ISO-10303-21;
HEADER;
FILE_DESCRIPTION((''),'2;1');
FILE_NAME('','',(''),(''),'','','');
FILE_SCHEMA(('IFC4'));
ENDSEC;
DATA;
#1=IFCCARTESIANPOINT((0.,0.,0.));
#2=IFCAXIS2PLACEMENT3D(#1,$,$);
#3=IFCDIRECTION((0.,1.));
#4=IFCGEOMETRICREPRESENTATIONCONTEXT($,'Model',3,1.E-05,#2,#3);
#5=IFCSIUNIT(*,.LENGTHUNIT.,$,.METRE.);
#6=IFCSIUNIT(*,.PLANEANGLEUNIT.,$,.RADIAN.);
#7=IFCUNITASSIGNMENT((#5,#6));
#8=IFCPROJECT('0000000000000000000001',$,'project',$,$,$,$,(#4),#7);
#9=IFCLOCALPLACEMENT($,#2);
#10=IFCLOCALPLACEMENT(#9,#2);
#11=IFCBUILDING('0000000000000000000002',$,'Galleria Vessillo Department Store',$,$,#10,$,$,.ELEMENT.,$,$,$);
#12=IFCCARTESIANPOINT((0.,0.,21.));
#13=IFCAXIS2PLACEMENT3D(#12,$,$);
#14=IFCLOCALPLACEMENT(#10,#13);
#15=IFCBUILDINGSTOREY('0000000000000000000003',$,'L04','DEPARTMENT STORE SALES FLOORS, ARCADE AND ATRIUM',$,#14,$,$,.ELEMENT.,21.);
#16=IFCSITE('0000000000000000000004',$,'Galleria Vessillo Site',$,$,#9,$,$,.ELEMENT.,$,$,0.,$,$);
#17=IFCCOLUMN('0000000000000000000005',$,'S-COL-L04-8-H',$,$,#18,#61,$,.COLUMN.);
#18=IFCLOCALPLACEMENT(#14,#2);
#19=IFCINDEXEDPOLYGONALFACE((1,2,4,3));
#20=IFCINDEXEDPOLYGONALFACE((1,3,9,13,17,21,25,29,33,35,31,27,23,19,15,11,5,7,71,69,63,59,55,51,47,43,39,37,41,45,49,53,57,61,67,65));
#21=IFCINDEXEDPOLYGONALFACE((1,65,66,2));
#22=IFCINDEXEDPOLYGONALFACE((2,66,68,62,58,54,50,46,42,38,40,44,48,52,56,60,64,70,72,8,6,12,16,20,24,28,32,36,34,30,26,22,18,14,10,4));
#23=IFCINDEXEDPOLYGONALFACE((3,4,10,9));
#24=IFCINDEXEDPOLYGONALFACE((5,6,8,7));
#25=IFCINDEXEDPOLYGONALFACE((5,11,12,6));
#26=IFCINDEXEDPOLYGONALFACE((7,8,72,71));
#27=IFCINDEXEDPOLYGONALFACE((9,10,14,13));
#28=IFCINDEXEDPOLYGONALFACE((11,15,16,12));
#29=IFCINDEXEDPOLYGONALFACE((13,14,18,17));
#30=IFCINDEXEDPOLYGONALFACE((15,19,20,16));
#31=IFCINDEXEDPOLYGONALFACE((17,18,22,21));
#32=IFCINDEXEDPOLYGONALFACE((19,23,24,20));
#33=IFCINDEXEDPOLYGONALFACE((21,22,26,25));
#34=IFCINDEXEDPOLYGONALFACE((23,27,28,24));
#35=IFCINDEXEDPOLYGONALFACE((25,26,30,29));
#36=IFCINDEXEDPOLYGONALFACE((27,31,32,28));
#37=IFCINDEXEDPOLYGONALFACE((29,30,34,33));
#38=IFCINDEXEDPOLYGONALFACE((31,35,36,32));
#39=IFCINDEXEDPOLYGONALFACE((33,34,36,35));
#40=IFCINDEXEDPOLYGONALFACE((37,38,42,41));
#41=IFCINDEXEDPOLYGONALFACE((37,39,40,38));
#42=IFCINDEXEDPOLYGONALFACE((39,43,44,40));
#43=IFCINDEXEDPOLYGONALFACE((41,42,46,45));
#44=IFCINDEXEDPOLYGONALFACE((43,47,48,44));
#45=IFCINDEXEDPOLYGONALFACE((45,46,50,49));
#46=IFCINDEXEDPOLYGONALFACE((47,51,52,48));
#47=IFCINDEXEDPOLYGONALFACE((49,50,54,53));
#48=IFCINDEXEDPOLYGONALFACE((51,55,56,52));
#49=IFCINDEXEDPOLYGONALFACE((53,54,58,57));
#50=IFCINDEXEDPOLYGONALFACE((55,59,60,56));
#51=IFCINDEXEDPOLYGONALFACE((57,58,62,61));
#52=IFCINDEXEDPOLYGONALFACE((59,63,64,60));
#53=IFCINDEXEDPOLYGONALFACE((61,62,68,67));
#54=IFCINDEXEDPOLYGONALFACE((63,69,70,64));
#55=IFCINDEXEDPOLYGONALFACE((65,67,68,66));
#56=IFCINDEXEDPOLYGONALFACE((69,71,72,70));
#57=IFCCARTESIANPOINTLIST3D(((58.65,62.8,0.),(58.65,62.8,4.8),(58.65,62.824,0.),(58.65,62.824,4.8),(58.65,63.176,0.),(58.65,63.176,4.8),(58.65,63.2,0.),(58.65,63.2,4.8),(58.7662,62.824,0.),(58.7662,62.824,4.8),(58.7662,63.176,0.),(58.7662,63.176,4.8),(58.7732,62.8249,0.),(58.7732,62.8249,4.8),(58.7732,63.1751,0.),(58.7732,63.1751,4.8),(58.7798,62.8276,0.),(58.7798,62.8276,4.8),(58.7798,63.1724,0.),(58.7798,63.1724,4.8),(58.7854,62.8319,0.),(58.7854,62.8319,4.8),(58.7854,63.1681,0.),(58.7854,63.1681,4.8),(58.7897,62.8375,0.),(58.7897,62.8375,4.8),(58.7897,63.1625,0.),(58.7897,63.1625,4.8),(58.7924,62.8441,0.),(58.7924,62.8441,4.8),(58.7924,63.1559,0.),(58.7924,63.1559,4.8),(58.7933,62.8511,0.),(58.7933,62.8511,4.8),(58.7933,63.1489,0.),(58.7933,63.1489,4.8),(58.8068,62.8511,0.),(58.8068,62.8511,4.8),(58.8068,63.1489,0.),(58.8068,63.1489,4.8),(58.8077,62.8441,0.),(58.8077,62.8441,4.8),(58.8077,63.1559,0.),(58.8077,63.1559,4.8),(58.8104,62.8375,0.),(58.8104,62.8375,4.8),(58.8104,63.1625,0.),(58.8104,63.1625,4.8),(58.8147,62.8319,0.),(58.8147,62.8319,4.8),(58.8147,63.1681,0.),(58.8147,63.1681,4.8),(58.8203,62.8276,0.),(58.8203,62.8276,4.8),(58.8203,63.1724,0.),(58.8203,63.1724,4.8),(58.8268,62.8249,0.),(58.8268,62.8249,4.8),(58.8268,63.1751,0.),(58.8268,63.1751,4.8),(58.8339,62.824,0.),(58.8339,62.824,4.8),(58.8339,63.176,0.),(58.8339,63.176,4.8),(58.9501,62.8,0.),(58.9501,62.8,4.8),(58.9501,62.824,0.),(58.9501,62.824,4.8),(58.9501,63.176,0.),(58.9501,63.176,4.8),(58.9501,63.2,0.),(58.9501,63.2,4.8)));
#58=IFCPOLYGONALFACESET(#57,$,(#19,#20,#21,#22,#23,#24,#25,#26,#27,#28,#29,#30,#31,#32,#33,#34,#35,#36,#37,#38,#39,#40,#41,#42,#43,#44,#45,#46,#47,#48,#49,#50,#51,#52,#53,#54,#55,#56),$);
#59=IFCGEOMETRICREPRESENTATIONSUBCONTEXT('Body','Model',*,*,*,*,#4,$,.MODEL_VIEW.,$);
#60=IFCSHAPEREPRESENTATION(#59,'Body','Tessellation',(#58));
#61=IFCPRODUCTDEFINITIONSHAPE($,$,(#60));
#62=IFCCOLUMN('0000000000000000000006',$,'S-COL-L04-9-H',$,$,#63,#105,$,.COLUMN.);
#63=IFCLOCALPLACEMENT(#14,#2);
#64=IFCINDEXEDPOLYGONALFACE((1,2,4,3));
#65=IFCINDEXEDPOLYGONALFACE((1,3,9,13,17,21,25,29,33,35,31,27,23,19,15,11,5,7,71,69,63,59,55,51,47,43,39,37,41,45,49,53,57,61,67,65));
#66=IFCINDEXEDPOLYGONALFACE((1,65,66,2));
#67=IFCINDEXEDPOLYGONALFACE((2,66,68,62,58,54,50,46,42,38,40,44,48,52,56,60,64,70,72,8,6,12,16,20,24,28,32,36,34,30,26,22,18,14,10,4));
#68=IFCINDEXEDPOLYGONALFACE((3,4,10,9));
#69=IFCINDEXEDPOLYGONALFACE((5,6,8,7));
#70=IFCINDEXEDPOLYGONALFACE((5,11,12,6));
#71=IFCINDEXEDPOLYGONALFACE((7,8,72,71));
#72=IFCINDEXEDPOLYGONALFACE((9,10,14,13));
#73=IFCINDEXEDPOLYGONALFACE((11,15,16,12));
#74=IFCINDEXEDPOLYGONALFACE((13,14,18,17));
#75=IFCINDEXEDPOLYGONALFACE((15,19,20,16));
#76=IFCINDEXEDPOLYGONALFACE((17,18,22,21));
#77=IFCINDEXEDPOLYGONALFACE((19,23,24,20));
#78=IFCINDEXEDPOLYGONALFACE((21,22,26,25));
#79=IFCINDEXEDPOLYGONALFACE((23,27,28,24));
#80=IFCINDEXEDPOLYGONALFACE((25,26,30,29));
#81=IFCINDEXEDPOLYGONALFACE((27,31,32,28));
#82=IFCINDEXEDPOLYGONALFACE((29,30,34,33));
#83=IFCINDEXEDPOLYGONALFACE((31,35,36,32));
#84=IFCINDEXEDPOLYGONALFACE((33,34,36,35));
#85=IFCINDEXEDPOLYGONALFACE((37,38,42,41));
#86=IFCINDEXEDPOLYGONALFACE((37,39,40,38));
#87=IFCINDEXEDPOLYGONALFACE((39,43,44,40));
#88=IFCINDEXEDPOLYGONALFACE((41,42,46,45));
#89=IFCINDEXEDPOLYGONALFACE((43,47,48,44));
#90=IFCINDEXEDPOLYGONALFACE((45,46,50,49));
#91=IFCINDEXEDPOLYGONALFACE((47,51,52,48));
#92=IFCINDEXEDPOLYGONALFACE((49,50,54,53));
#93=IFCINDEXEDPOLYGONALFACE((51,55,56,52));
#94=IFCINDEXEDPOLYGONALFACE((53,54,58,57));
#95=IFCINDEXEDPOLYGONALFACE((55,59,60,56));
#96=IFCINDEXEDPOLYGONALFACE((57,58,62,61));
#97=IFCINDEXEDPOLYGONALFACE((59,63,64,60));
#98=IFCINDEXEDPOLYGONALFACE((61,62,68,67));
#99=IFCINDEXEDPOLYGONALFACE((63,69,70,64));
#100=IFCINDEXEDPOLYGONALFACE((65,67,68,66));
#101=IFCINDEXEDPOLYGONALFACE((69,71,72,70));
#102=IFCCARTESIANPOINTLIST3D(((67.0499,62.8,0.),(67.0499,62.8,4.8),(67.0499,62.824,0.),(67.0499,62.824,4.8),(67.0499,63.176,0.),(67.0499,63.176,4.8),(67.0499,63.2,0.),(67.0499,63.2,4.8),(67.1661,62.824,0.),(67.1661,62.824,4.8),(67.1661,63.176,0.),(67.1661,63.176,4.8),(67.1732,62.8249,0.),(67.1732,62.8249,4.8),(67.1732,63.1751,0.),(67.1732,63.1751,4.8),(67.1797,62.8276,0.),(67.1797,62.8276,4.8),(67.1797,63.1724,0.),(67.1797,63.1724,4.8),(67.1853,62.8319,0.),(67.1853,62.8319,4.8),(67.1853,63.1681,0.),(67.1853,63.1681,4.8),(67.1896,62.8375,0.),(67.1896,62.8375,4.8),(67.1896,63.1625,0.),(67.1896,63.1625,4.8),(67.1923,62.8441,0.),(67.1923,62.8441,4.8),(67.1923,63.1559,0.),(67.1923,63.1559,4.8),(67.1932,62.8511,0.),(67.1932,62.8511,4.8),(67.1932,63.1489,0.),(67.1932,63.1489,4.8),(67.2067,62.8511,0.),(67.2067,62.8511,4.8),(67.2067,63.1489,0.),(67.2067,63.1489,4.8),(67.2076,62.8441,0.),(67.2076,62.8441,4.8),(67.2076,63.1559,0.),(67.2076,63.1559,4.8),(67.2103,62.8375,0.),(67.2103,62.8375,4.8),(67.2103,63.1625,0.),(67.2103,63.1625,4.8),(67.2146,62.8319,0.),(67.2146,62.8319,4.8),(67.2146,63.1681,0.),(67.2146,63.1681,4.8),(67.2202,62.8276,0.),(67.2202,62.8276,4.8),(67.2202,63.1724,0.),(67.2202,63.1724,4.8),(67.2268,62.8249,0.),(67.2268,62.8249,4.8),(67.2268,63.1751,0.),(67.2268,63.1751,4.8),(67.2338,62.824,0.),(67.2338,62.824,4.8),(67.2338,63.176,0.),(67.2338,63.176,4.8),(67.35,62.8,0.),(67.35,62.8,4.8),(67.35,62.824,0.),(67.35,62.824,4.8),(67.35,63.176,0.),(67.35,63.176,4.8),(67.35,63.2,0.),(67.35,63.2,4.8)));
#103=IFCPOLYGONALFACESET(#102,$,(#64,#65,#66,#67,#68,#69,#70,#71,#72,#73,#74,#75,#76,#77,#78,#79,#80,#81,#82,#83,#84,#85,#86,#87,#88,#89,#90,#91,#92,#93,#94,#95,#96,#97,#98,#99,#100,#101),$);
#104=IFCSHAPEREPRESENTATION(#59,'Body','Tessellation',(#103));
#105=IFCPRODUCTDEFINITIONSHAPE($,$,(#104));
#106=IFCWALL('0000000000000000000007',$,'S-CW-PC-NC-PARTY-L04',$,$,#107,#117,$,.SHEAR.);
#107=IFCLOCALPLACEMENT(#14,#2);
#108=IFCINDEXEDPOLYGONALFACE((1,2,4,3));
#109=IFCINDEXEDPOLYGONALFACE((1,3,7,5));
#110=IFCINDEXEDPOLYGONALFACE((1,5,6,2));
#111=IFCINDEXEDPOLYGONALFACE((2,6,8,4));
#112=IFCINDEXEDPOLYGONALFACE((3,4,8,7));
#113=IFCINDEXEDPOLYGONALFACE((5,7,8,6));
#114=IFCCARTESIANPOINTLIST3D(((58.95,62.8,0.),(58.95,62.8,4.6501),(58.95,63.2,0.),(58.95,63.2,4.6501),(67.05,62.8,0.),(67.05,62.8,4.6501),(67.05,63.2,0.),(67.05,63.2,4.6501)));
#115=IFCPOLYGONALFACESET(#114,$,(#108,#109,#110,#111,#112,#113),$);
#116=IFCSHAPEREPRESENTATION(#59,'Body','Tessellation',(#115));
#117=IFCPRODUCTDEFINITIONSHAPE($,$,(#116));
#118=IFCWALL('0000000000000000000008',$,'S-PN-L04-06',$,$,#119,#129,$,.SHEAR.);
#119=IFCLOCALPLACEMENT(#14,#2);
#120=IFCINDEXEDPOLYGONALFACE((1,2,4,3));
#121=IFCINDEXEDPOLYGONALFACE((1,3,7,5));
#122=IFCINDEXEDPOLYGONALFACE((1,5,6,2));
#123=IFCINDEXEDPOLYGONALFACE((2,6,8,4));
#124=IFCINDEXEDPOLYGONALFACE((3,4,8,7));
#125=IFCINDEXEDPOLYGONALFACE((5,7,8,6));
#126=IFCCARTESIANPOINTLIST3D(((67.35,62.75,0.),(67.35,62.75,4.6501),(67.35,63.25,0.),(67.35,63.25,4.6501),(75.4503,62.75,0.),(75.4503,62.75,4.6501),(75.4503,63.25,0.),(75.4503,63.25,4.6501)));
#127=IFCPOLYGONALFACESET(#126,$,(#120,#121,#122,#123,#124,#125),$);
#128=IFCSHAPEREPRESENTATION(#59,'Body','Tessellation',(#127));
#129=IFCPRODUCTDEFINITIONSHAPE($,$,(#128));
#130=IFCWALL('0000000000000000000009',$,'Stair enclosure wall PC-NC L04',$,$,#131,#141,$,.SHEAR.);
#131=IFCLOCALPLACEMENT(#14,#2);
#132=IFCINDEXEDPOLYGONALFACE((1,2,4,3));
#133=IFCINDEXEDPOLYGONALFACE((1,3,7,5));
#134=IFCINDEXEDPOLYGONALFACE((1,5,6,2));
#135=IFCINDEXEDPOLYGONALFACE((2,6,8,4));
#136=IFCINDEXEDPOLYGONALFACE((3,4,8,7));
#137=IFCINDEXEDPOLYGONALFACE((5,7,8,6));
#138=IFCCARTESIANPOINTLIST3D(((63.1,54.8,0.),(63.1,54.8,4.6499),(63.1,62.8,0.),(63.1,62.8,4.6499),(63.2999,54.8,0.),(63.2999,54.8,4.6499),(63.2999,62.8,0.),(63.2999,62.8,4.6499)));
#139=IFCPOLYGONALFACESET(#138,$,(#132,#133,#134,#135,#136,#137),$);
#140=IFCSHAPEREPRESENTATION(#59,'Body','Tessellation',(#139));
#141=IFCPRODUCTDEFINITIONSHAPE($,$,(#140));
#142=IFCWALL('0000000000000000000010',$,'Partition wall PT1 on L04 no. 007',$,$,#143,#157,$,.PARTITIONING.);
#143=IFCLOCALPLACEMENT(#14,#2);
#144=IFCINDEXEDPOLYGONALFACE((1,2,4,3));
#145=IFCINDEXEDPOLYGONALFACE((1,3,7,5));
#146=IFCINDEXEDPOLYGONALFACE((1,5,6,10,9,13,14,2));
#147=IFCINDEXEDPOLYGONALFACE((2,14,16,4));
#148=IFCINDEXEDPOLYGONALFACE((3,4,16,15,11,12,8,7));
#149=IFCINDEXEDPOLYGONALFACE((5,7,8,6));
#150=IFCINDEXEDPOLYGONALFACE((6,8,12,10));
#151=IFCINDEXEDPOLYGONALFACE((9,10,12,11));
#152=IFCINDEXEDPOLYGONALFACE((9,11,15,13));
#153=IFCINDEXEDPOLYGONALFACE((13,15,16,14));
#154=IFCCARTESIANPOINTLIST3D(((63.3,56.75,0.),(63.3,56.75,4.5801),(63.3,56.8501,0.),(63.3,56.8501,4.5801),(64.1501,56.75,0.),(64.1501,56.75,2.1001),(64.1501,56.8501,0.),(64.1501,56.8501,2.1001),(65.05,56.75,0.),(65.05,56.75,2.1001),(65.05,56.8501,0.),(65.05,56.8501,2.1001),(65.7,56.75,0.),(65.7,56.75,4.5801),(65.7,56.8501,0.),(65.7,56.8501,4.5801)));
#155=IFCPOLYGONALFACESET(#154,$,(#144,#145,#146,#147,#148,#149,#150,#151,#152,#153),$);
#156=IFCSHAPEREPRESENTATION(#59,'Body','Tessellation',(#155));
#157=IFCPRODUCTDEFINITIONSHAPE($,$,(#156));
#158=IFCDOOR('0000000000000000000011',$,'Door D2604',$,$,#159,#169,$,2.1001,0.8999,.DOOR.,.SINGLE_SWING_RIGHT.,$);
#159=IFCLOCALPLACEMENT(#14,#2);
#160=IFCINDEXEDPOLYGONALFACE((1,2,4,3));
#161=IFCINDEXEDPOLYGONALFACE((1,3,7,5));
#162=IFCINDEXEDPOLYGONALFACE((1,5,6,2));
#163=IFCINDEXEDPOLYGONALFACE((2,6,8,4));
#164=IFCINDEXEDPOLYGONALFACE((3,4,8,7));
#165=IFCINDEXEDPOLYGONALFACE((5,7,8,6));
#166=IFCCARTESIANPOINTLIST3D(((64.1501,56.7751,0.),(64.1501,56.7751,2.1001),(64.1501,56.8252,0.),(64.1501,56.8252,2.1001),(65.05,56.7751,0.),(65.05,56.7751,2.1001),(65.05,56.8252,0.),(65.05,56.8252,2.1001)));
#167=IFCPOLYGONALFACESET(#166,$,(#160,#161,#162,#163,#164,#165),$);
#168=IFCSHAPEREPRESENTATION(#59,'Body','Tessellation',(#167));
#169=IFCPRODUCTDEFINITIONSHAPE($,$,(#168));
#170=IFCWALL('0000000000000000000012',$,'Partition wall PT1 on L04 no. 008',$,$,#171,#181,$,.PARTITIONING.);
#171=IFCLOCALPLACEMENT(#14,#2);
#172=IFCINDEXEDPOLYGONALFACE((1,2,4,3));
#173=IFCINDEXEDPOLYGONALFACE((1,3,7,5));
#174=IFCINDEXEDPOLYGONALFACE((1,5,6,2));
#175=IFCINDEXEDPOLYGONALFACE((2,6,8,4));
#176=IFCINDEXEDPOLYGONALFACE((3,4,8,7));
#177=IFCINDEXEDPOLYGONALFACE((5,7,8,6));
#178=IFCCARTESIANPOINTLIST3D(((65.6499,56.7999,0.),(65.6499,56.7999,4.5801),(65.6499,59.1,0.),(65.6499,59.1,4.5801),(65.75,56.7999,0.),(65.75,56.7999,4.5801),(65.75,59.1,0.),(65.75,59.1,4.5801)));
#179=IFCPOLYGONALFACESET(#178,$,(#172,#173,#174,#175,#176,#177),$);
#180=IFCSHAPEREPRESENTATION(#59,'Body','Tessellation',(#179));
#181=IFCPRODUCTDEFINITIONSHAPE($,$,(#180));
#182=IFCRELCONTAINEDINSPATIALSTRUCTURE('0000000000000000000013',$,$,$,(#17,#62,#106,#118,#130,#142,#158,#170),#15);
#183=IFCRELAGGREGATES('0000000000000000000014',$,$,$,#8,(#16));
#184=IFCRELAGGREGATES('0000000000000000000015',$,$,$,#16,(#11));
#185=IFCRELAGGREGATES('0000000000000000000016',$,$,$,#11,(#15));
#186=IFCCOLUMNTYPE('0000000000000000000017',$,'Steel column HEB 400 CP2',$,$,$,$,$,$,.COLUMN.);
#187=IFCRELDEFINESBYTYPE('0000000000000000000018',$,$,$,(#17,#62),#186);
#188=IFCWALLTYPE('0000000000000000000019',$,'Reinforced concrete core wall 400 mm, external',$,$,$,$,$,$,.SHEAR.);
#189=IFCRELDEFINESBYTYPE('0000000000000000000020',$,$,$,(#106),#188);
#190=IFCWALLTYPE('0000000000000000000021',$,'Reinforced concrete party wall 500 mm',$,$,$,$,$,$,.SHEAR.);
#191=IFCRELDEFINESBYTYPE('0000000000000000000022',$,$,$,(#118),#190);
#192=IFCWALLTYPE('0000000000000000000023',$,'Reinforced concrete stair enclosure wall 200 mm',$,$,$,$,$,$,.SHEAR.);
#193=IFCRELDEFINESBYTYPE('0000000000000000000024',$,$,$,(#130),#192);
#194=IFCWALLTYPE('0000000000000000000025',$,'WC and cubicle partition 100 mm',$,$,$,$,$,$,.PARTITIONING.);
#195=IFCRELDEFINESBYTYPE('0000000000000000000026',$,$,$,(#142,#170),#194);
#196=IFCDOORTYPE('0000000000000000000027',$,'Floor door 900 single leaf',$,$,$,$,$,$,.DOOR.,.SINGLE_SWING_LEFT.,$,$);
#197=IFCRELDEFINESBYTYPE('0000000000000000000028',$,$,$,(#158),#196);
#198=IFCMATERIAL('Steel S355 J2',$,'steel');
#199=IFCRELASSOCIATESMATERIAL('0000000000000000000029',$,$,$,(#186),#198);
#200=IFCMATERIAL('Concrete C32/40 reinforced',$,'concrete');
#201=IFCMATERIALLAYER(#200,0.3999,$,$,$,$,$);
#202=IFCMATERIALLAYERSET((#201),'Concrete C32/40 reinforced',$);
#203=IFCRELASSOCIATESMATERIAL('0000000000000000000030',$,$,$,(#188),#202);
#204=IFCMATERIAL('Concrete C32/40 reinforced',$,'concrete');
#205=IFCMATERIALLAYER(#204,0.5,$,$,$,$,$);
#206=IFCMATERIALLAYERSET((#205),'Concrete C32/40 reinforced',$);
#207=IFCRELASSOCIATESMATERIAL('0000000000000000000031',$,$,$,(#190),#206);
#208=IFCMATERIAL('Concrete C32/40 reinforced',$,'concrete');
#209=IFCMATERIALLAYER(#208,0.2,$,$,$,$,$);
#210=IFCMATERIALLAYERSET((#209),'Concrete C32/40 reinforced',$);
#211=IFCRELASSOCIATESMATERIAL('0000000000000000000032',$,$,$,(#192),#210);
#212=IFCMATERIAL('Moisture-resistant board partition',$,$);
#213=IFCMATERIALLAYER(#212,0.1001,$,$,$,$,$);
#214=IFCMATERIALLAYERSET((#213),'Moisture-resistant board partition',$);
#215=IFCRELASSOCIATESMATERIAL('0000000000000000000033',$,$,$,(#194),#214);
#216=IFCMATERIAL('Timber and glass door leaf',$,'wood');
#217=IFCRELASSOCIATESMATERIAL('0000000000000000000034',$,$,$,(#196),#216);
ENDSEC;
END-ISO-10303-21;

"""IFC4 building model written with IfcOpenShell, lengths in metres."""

from ifc_helpers import new_model, si_unit, direction, frame, frame_2d, origin, origin_2d, place, context, subcontext, project, spatial, rectangle, i_section, extrude, material, layer, layer_set, material_profile, profile_set, type_object, element, fill, save


model = new_model("IFC4")

# Units and contexts
model_context = context("Model", 3, precision=1e-05, world=origin(), true_north=direction((0.0, 1.0)))
body_context = subcontext(model_context, "Body", "Model", "MODEL_VIEW")
ifc_project = project(units=[si_unit("LENGTHUNIT", "METRE"), si_unit("PLANEANGLEUNIT", "RADIAN")], contexts=[model_context])

# Site, building, storey
site_placement = place(None, origin())
site = spatial("IfcSite", under=ifc_project, at=site_placement, Name="Galleria Vessillo Site", CompositionType="ELEMENT", RefElevation=0.0)
building_placement = place(site_placement, origin())
building = spatial("IfcBuilding", under=site, at=building_placement, Name="Galleria Vessillo Department Store", CompositionType="ELEMENT")
storey_placement = place(building_placement, frame((0.0, 0.0, 21.0)))
storey = spatial("IfcBuildingStorey", under=building, at=storey_placement, Name="L04", Description="DEPARTMENT STORE SALES FLOORS, ARCADE AND ATRIUM", CompositionType="ELEMENT", Elevation=21.0)

# Columns
ifc_material_1 = material(Name="Steel S355 J2", Category="steel")
ifc_material_profile = material_profile(ifc_material_1, i_section(OverallWidth=0.3, OverallDepth=0.3999, WebThickness=0.0134, FlangeThickness=0.0239, FilletRadius=0.0271, at=origin_2d()), Name="HEB 400")
ifc_profile_set = profile_set([ifc_material_profile], Name="Steel S355 J2")
column_type = type_object("IfcColumnType", Name="Steel column HEB 400 CP2", PredefinedType="COLUMN", material=ifc_profile_set)
for number, where, z_axis, x_axis, name in (
    (1, (58.8, 63.0, 0.0), (0.0, 0.0, 1.0), (1.0, 0.0, 0.0), "S-COL-L04-8-H"),
    (2, (67.2, 63.0, 0.0), (0.0, 0.0, 1.0), (1.0, 0.0, 0.0), "S-COL-L04-9-H"),
):
    element("IfcColumn", number, at=place(storey_placement, frame(where, z_axis=z_axis, x_axis=x_axis)), inside=storey, type_object=column_type, Name=name, PredefinedType="COLUMN", context=body_context, shape_type="SweptSolid", body=[
        extrude(i_section(OverallWidth=0.3, OverallDepth=0.3999, WebThickness=0.0134, FlangeThickness=0.0239, FilletRadius=0.0271, at=origin_2d()), origin(), (0.0, 0.0, 1.0), 4.8),
    ])

# Walls
ifc_material_2 = material(Name="Concrete C32/40 reinforced", Category="concrete")
ifc_layer_1 = layer(ifc_material_2, 0.3999)
ifc_layer_set_1 = layer_set([ifc_layer_1], Name="Concrete C32/40 reinforced")
wall_type_1 = type_object("IfcWallType", Name="Reinforced concrete core wall 400 mm, external", PredefinedType="SHEAR", material=ifc_layer_set_1)
wall_1_placement = place(storey_placement, frame((58.95, 63.0, 0.0), z_axis=(0.0, 0.0, 1.0), x_axis=(1.0, 0.0, 0.0)))
element("IfcWall", 3, at=wall_1_placement, inside=storey, type_object=wall_type_1, Name="S-CW-PC-NC-PARTY-L04", PredefinedType="SHEAR", context=body_context, shape_type="SweptSolid", body=[
    extrude(rectangle(XDim=8.1001, YDim=0.3999, at=frame_2d((4.05, 0.0))), origin(), (0.0, 0.0, 1.0), 4.6501),
])
ifc_material_3 = material(Name="Concrete C32/40 reinforced", Category="concrete")
ifc_layer_2 = layer(ifc_material_3, 0.5)
ifc_layer_set_2 = layer_set([ifc_layer_2], Name="Concrete C32/40 reinforced")
wall_type_2 = type_object("IfcWallType", Name="Reinforced concrete party wall 500 mm", PredefinedType="SHEAR", material=ifc_layer_set_2)
wall_2_placement = place(storey_placement, frame((67.3499, 63.0, 0.0), z_axis=(0.0, 0.0, 1.0), x_axis=(1.0, 0.0, 0.0)))
element("IfcWall", 4, at=wall_2_placement, inside=storey, type_object=wall_type_2, Name="S-PN-L04-06", PredefinedType="SHEAR", context=body_context, shape_type="SweptSolid", body=[
    extrude(rectangle(XDim=8.1003, YDim=0.5, at=frame_2d((4.0503, 0.0))), origin(), (0.0, 0.0, 1.0), 4.6501),
])
ifc_material_4 = material(Name="Concrete C32/40 reinforced", Category="concrete")
ifc_layer_3 = layer(ifc_material_4, 0.2)
ifc_layer_set_3 = layer_set([ifc_layer_3], Name="Concrete C32/40 reinforced")
wall_type_3 = type_object("IfcWallType", Name="Reinforced concrete stair enclosure wall 200 mm", PredefinedType="SHEAR", material=ifc_layer_set_3)
wall_3_placement = place(storey_placement, frame((63.2, 62.8, 0.0), z_axis=(0.0, 0.0, 1.0), x_axis=(0.0, -1.0, 0.0)))
element("IfcWall", 5, at=wall_3_placement, inside=storey, type_object=wall_type_3, Name="Stair enclosure wall PC-NC L04", PredefinedType="SHEAR", context=body_context, shape_type="SweptSolid", body=[
    extrude(rectangle(XDim=8.0, YDim=0.2, at=frame_2d((4.0, 0.0))), origin(), (0.0, 0.0, 1.0), 4.6499),
])

# Wall, opening, door
ifc_material_5 = material(Name="Moisture-resistant board partition")
ifc_layer_4 = layer(ifc_material_5, 0.1001)
ifc_layer_set_4 = layer_set([ifc_layer_4], Name="Moisture-resistant board partition")
wall_type_4 = type_object("IfcWallType", Name="WC and cubicle partition 100 mm", PredefinedType="PARTITIONING", material=ifc_layer_set_4)
wall_4_placement = place(storey_placement, frame((63.3, 56.8, 0.0), z_axis=(0.0, 0.0, 1.0), x_axis=(1.0, 0.0, 0.0)))
wall_4 = element("IfcWall", 6, at=wall_4_placement, inside=storey, type_object=wall_type_4, Name="Partition wall PT1 on L04 no. 007", PredefinedType="PARTITIONING", context=body_context, shape_type="SweptSolid", body=[
    extrude(rectangle(XDim=2.3999, YDim=0.1001, at=frame_2d((1.2, 0.0))), origin(), (0.0, 0.0, 1.0), 4.5801),
])
opening_1_placement = place(wall_4_placement, frame((0.8501, 0.0, 0.0)))
opening_1 = element("IfcOpeningElement", 7, at=opening_1_placement, cuts=wall_4, PredefinedType="OPENING", context=body_context, shape_type="SweptSolid", body=[
    extrude(rectangle(XDim=0.8999, YDim=2.1001, at=frame_2d((0.45, 1.05))), frame((0.0, 0.0601, 0.0), z_axis=(0.0, -1.0, 0.0), x_axis=(1.0, 0.0, 0.0)), (0.0, 0.0, 1.0), 0.1201),
])
ifc_material_6 = material(Name="Timber and glass door leaf", Category="wood")
door_type_1 = type_object("IfcDoorType", Name="Floor door 900 single leaf", OperationType="SINGLE_SWING_LEFT", PredefinedType="DOOR", material=ifc_material_6)
door_1_placement = place(opening_1_placement, frame((0.8999, 0.0, 0.0), z_axis=(0.0, 0.0, 1.0), x_axis=(-1.0, 0.0, 0.0)))
door_1 = element("IfcDoor", 8, at=door_1_placement, inside=storey, type_object=door_type_1, Name="Door D2604", OperationType="SINGLE_SWING_RIGHT", OverallHeight=2.1001, OverallWidth=0.8999, PredefinedType="DOOR", context=body_context, shape_type="SweptSolid", body=[
    extrude(rectangle(XDim=0.8999, YDim=2.1001, at=frame_2d((0.45, 1.05))), frame((0.0, 0.0249, 0.0), z_axis=(0.0, -1.0, 0.0), x_axis=(1.0, 0.0, 0.0)), (0.0, 0.0, 1.0), 0.05),
])
fill(opening_1, door_1)

# Wall
wall_5_placement = place(storey_placement, frame((65.7, 56.8, 0.0), z_axis=(0.0, 0.0, 1.0), x_axis=(0.0, 1.0, 0.0)))
element("IfcWall", 9, at=wall_5_placement, inside=storey, type_object=wall_type_4, Name="Partition wall PT1 on L04 no. 008", PredefinedType="PARTITIONING", context=body_context, shape_type="SweptSolid", body=[
    extrude(rectangle(XDim=2.3, YDim=0.1001, at=frame_2d((1.1499, 0.0))), origin(), (0.0, 0.0, 1.0), 4.5801),
])

save(model, "model.ifc")
